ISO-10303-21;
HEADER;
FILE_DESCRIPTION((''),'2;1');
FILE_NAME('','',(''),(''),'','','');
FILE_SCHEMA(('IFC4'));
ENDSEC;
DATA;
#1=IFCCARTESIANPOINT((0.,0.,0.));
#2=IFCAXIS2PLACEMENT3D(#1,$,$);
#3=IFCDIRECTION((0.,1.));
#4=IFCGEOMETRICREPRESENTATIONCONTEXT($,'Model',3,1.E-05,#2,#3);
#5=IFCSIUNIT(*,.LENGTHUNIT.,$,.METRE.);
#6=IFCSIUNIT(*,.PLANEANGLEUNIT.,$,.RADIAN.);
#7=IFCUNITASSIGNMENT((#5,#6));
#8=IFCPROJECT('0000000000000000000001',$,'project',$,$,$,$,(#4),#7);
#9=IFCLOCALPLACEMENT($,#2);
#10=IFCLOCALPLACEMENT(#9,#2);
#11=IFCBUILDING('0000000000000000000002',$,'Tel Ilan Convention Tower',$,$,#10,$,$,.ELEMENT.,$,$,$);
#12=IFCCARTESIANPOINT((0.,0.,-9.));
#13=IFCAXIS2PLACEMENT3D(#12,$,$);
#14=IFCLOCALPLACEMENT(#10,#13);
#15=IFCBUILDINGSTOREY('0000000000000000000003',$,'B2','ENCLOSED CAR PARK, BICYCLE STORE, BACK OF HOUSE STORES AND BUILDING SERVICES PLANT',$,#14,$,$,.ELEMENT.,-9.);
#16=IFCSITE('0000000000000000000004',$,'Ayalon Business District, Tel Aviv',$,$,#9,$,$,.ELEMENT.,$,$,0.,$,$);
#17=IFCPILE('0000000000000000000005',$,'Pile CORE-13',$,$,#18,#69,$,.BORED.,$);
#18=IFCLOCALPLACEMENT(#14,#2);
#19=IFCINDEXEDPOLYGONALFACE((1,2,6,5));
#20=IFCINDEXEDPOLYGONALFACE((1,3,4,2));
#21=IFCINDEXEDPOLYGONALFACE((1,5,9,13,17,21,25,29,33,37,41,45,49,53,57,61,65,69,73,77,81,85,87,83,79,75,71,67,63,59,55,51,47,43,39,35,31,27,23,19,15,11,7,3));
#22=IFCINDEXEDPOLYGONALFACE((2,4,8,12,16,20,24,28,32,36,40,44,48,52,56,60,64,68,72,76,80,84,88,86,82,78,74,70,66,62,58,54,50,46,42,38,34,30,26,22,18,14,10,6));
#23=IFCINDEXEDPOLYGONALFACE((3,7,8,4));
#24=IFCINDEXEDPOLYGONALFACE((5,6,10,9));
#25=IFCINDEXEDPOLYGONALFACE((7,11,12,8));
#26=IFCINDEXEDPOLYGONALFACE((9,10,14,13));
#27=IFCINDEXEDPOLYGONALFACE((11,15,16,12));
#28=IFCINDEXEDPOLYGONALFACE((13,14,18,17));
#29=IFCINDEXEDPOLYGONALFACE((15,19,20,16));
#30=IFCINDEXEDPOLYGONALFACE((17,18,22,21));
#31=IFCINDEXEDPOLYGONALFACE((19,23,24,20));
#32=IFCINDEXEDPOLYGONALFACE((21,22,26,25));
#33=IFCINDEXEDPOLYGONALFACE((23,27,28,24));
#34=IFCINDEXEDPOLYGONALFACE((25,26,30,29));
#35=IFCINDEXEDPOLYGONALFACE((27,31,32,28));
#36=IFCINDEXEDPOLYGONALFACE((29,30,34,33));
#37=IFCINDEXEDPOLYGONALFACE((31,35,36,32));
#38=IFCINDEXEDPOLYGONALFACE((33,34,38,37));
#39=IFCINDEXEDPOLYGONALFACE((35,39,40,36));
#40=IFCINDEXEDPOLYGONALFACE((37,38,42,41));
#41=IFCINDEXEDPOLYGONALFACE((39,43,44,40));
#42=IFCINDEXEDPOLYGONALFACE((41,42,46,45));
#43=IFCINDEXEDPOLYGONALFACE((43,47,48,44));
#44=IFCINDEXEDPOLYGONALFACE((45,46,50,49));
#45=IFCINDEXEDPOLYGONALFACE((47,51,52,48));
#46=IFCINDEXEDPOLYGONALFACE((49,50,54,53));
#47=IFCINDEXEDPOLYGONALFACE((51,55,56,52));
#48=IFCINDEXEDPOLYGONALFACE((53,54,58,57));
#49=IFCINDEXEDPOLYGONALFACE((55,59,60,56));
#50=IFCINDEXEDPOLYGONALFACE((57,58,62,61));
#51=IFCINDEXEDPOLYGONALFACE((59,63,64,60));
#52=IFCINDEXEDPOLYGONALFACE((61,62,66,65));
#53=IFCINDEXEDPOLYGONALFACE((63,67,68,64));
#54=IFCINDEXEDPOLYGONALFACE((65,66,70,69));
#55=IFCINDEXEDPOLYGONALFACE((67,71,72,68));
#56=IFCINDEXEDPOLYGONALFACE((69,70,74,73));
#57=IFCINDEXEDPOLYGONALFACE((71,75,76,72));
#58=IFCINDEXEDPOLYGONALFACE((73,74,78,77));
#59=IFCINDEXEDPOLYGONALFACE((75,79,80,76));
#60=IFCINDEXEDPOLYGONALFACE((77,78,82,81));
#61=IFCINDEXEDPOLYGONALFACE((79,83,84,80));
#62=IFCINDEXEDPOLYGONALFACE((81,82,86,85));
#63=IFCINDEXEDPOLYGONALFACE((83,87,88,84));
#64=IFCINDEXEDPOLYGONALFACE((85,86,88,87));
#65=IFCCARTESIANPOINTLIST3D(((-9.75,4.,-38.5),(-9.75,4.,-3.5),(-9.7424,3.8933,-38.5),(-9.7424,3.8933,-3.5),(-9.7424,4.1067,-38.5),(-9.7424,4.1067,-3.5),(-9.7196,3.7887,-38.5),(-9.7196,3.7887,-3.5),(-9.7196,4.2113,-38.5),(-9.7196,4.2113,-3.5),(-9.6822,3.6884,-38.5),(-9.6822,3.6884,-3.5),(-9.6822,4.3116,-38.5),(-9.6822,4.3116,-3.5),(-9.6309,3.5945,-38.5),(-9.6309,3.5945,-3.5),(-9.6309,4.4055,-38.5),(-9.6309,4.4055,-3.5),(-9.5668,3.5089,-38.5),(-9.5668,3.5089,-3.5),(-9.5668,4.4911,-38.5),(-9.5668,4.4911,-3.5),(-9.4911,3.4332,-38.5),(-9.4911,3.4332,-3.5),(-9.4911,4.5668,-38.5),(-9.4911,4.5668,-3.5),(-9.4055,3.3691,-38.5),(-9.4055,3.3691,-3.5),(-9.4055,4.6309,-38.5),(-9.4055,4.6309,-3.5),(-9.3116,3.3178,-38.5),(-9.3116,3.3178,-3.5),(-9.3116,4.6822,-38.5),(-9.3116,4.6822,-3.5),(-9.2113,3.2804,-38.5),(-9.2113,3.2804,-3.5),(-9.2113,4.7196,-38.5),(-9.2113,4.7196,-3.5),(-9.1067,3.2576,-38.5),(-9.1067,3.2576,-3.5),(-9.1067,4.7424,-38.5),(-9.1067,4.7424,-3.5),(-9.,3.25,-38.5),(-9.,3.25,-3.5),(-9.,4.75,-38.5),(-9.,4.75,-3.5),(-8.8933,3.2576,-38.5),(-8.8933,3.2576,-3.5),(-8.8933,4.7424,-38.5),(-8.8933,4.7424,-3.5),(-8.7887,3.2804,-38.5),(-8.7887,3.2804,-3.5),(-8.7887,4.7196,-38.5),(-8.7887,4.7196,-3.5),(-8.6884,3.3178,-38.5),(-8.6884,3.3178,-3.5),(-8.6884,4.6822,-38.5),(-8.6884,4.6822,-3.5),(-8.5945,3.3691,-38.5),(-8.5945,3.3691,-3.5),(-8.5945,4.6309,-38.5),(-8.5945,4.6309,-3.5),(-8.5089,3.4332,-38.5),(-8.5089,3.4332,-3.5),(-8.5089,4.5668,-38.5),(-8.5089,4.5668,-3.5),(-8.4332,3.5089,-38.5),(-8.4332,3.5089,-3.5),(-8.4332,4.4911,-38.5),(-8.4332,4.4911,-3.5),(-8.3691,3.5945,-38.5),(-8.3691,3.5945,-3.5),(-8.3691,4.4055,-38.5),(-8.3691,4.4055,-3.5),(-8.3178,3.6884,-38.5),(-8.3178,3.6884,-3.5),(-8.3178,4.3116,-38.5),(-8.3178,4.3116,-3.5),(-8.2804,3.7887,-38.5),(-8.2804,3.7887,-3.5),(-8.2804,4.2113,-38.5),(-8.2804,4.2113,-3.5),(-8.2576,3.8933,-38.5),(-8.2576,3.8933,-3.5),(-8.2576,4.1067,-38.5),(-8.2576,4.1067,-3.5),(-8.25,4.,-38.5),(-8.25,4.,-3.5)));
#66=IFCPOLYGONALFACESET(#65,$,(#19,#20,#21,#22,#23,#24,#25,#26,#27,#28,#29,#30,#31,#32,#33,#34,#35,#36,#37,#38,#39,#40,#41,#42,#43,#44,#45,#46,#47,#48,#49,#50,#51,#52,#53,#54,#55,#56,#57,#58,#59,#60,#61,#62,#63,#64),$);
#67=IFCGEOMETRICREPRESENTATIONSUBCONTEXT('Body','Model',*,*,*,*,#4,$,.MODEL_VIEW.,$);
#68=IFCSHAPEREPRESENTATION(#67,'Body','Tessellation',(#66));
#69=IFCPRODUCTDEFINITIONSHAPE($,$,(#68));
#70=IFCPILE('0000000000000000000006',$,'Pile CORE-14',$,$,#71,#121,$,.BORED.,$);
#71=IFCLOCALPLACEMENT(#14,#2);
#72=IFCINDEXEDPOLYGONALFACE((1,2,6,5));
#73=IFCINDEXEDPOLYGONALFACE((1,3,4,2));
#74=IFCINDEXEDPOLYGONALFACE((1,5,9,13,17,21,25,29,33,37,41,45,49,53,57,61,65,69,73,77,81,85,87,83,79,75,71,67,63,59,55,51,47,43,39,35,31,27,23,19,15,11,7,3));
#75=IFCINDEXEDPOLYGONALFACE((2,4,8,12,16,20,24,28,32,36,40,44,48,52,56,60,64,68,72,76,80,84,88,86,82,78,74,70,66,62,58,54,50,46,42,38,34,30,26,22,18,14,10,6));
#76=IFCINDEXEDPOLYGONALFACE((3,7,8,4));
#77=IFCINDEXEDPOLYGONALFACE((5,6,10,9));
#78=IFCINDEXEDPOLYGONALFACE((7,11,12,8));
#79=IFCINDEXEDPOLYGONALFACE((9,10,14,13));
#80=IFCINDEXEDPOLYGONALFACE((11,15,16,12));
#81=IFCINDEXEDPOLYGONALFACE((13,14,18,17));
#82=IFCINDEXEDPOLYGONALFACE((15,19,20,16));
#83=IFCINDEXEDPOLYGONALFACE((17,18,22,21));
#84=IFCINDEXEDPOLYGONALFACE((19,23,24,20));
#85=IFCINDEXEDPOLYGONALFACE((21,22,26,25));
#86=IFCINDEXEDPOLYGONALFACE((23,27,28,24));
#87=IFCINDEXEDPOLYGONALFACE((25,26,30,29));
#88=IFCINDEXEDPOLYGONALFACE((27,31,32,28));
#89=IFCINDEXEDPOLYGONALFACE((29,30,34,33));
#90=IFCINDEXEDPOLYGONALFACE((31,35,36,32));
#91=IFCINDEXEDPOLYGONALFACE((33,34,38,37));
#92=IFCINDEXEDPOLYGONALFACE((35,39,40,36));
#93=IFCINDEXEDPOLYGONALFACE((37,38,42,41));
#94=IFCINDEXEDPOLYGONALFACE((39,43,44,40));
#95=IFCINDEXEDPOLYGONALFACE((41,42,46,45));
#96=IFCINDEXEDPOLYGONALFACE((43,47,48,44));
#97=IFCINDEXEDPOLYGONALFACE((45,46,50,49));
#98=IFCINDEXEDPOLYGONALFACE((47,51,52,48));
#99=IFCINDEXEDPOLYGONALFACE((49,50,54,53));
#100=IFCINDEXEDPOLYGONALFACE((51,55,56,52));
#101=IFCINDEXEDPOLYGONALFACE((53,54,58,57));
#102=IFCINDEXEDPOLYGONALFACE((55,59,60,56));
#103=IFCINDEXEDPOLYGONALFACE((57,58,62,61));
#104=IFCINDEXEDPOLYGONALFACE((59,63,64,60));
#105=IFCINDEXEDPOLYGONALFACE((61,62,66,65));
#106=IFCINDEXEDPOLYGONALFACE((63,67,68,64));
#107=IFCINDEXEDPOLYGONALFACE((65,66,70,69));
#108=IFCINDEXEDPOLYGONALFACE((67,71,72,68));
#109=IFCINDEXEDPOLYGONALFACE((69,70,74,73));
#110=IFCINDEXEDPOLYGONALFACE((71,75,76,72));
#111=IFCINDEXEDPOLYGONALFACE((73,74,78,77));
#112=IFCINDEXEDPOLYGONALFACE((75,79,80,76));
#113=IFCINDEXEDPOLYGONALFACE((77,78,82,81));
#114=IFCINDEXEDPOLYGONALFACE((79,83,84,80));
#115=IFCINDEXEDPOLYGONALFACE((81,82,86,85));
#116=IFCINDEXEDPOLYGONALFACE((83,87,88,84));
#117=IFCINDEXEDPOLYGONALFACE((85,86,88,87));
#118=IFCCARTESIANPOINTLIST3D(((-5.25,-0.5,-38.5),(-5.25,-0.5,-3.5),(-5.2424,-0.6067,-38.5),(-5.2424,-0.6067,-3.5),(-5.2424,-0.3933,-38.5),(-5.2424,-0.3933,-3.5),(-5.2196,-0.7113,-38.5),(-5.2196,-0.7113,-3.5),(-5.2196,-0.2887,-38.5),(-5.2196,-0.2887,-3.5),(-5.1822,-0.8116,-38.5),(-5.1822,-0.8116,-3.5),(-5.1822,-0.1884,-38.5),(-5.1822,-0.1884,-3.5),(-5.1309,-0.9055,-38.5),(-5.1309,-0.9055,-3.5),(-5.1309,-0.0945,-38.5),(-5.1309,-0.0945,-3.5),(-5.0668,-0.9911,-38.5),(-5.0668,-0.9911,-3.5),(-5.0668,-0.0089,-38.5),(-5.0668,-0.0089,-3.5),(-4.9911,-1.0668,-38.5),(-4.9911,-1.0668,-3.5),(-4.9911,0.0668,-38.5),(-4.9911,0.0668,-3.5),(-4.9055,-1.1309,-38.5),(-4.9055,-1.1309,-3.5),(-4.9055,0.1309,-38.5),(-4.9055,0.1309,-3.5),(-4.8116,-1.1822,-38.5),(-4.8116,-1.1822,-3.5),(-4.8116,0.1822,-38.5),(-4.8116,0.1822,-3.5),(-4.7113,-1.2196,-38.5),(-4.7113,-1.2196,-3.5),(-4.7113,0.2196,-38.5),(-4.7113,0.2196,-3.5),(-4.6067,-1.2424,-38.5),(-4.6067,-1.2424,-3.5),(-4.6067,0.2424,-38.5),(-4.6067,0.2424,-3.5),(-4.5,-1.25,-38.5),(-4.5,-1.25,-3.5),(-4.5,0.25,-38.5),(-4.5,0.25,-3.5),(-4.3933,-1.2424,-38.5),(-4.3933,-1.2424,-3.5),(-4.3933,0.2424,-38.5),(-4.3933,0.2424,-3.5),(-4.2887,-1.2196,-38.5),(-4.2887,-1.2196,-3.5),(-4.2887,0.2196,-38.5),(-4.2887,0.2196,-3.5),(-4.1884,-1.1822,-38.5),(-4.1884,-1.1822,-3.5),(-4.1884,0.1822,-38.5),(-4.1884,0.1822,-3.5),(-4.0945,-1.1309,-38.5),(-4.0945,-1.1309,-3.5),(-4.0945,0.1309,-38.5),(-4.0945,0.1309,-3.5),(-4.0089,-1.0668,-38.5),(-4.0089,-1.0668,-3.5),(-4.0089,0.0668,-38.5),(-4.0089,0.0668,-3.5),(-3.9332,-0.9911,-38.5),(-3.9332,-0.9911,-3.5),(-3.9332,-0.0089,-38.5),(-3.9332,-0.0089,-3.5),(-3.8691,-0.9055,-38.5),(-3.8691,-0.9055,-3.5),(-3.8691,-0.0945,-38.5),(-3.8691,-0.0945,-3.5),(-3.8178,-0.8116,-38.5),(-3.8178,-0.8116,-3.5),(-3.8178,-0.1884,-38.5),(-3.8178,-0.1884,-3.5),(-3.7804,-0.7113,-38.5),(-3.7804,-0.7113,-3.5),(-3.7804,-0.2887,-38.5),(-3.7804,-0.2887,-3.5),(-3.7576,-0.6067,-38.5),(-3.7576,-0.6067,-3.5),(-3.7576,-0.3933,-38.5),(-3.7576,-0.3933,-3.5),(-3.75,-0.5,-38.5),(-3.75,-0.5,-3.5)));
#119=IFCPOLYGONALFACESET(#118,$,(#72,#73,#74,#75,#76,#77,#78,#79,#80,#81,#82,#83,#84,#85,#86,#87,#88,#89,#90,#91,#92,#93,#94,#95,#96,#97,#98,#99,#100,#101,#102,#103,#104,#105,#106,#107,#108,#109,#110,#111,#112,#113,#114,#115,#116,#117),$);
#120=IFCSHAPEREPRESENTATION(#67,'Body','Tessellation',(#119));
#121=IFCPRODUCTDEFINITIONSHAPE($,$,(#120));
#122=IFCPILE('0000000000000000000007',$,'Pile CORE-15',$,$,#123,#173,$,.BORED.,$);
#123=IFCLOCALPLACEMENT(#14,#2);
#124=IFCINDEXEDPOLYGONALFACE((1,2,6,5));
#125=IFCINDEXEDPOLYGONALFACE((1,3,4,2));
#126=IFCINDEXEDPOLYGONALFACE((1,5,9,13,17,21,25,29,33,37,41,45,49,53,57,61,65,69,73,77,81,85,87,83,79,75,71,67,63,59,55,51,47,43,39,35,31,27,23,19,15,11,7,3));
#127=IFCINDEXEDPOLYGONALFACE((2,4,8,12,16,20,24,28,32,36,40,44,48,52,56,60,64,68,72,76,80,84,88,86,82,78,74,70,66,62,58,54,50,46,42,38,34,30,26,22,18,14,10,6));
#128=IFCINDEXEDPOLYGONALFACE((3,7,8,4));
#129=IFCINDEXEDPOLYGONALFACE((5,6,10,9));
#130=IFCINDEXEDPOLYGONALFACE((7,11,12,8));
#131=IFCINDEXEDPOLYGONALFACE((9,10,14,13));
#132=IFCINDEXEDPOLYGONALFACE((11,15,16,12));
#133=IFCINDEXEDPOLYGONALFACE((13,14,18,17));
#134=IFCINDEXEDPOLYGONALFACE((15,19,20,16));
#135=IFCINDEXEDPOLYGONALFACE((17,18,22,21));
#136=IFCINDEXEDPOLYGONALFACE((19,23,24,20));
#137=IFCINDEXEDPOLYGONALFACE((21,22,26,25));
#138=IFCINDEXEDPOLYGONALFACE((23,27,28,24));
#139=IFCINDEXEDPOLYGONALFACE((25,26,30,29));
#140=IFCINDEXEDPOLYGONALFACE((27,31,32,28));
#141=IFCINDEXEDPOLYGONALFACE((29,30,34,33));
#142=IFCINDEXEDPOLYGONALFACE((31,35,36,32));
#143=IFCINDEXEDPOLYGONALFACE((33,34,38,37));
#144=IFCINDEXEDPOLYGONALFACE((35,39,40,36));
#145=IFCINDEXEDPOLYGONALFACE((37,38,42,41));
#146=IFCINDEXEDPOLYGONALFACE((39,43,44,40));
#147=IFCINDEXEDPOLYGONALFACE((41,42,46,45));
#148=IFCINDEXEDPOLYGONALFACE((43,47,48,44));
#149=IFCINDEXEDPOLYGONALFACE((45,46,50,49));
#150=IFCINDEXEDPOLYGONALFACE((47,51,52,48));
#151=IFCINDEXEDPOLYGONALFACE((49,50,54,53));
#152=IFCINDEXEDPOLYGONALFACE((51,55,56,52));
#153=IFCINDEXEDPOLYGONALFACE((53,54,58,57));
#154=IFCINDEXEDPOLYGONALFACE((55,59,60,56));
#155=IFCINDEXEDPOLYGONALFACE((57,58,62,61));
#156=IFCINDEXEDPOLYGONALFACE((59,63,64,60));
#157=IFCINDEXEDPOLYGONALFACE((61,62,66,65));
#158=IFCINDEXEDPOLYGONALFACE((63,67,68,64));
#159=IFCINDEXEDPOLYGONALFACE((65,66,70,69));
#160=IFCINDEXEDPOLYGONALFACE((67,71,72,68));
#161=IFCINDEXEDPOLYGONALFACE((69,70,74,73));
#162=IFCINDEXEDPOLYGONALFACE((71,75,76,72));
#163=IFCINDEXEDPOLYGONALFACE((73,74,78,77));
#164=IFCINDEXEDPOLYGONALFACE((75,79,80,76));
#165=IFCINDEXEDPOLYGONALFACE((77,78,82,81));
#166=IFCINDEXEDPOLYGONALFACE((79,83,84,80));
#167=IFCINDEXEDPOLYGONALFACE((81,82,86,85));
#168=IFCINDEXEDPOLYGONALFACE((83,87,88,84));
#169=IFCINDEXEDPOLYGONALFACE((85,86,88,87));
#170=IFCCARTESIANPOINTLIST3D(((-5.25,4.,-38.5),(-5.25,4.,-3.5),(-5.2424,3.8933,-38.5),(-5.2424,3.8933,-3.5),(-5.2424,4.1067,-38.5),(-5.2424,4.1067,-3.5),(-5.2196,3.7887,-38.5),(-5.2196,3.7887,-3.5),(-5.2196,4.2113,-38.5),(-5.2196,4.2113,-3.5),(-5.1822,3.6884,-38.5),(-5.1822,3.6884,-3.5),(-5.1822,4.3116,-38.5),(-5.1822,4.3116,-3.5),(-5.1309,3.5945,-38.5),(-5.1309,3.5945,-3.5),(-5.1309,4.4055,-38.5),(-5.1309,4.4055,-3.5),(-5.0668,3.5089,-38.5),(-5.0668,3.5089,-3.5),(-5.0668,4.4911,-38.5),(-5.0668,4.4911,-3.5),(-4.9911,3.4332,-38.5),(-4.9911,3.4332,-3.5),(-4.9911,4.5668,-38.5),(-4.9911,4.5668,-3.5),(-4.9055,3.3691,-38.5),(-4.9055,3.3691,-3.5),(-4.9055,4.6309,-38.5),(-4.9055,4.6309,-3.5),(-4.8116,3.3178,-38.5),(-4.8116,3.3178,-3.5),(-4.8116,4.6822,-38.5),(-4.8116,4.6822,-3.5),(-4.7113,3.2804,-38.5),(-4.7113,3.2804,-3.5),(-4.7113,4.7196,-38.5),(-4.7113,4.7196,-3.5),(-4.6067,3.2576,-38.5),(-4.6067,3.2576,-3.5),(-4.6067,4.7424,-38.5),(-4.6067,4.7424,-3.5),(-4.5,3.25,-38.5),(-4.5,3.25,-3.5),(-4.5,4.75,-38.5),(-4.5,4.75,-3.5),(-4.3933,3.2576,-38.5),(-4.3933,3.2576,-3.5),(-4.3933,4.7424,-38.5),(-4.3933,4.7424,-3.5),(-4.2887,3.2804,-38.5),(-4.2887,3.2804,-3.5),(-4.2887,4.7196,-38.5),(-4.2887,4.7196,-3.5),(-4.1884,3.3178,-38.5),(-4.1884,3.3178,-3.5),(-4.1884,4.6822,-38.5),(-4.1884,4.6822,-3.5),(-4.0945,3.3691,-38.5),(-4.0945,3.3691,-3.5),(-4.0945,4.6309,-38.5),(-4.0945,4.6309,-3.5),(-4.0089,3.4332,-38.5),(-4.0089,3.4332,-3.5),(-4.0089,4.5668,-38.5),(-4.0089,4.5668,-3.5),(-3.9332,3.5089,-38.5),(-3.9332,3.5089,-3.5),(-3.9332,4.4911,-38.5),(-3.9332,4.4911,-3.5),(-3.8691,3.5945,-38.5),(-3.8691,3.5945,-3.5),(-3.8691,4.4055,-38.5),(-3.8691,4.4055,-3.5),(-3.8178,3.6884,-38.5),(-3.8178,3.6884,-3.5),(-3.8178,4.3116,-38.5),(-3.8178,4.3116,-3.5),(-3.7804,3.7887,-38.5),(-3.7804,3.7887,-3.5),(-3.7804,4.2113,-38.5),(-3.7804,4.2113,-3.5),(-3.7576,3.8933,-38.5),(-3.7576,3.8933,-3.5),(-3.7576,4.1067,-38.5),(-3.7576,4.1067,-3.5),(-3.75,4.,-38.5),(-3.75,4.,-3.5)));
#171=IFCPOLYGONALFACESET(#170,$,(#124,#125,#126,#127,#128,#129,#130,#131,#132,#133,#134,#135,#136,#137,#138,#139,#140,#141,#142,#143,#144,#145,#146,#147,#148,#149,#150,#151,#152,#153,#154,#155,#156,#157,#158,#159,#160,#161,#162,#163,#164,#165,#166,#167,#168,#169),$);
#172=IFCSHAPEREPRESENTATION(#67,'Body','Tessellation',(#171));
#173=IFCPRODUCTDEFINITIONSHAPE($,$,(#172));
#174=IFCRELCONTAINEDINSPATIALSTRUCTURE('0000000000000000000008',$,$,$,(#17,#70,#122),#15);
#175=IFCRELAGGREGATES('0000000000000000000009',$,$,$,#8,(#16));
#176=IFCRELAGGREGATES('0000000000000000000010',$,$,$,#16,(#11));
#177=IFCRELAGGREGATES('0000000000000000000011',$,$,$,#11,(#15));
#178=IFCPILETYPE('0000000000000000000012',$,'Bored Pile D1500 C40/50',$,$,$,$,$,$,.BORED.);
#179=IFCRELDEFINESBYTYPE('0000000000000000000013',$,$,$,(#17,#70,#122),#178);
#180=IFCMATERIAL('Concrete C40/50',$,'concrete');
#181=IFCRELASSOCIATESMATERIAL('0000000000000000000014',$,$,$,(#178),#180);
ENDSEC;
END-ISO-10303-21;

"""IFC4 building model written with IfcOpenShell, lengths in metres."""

from ifc_helpers import new_model, si_unit, direction, frame, origin, origin_2d, place, context, subcontext, project, spatial, circle, extrude, material, material_profile, profile_set, type_object, element, save


model = new_model("IFC4")

# Units and contexts
model_context = context("Model", 3, precision=1e-05, world=origin(), true_north=direction((0.0, 1.0)))
body_context = subcontext(model_context, "Body", "Model", "MODEL_VIEW")
ifc_project = project(units=[si_unit("LENGTHUNIT", "METRE"), si_unit("PLANEANGLEUNIT", "RADIAN")], contexts=[model_context])

# Site, building, storey
site_placement = place(None, origin())
site = spatial("IfcSite", under=ifc_project, at=site_placement, Name="Ayalon Business District, Tel Aviv", CompositionType="ELEMENT", RefElevation=0.0)
building_placement = place(site_placement, origin())
building = spatial("IfcBuilding", under=site, at=building_placement, Name="Tel Ilan Convention Tower", CompositionType="ELEMENT")
storey_placement = place(building_placement, frame((0.0, 0.0, -9.0)))
storey = spatial("IfcBuildingStorey", under=building, at=storey_placement, Name="B2", Description="ENCLOSED CAR PARK, BICYCLE STORE, BACK OF HOUSE STORES AND BUILDING SERVICES PLANT", CompositionType="ELEMENT", Elevation=-9.0)

# Piles
ifc_material_1 = material(Name="Concrete C40/50", Category="concrete")
ifc_material_profile = material_profile(ifc_material_1, circle(Radius=0.75, at=origin_2d()), Name="BORED D1500")
ifc_profile_set = profile_set([ifc_material_profile], Name="Concrete C40/50")
pile_type = type_object("IfcPileType", Name="Bored Pile D1500 C40/50", PredefinedType="BORED", material=ifc_profile_set)
for number, where, z_axis, x_axis, name in (
    (1, (-9.0, 4.0, -3.5), (0.0, 0.0, -1.0), (1.0, 0.0, 0.0), "Pile CORE-13"),
    (2, (-4.5, -0.5, -3.5), (0.0, 0.0, -1.0), (1.0, 0.0, 0.0), "Pile CORE-14"),
    (3, (-4.5, 4.0, -3.5), (0.0, 0.0, -1.0), (1.0, 0.0, 0.0), "Pile CORE-15"),
):
    element("IfcPile", number, at=place(storey_placement, frame(where, z_axis=z_axis, x_axis=x_axis)), inside=storey, type_object=pile_type, Name=name, PredefinedType="BORED", context=body_context, shape_type="SweptSolid", body=[
        extrude(circle(Radius=0.75, at=origin_2d()), origin(), (0.0, 0.0, 1.0), 35.0),
    ])

save(model, "model.ifc")
